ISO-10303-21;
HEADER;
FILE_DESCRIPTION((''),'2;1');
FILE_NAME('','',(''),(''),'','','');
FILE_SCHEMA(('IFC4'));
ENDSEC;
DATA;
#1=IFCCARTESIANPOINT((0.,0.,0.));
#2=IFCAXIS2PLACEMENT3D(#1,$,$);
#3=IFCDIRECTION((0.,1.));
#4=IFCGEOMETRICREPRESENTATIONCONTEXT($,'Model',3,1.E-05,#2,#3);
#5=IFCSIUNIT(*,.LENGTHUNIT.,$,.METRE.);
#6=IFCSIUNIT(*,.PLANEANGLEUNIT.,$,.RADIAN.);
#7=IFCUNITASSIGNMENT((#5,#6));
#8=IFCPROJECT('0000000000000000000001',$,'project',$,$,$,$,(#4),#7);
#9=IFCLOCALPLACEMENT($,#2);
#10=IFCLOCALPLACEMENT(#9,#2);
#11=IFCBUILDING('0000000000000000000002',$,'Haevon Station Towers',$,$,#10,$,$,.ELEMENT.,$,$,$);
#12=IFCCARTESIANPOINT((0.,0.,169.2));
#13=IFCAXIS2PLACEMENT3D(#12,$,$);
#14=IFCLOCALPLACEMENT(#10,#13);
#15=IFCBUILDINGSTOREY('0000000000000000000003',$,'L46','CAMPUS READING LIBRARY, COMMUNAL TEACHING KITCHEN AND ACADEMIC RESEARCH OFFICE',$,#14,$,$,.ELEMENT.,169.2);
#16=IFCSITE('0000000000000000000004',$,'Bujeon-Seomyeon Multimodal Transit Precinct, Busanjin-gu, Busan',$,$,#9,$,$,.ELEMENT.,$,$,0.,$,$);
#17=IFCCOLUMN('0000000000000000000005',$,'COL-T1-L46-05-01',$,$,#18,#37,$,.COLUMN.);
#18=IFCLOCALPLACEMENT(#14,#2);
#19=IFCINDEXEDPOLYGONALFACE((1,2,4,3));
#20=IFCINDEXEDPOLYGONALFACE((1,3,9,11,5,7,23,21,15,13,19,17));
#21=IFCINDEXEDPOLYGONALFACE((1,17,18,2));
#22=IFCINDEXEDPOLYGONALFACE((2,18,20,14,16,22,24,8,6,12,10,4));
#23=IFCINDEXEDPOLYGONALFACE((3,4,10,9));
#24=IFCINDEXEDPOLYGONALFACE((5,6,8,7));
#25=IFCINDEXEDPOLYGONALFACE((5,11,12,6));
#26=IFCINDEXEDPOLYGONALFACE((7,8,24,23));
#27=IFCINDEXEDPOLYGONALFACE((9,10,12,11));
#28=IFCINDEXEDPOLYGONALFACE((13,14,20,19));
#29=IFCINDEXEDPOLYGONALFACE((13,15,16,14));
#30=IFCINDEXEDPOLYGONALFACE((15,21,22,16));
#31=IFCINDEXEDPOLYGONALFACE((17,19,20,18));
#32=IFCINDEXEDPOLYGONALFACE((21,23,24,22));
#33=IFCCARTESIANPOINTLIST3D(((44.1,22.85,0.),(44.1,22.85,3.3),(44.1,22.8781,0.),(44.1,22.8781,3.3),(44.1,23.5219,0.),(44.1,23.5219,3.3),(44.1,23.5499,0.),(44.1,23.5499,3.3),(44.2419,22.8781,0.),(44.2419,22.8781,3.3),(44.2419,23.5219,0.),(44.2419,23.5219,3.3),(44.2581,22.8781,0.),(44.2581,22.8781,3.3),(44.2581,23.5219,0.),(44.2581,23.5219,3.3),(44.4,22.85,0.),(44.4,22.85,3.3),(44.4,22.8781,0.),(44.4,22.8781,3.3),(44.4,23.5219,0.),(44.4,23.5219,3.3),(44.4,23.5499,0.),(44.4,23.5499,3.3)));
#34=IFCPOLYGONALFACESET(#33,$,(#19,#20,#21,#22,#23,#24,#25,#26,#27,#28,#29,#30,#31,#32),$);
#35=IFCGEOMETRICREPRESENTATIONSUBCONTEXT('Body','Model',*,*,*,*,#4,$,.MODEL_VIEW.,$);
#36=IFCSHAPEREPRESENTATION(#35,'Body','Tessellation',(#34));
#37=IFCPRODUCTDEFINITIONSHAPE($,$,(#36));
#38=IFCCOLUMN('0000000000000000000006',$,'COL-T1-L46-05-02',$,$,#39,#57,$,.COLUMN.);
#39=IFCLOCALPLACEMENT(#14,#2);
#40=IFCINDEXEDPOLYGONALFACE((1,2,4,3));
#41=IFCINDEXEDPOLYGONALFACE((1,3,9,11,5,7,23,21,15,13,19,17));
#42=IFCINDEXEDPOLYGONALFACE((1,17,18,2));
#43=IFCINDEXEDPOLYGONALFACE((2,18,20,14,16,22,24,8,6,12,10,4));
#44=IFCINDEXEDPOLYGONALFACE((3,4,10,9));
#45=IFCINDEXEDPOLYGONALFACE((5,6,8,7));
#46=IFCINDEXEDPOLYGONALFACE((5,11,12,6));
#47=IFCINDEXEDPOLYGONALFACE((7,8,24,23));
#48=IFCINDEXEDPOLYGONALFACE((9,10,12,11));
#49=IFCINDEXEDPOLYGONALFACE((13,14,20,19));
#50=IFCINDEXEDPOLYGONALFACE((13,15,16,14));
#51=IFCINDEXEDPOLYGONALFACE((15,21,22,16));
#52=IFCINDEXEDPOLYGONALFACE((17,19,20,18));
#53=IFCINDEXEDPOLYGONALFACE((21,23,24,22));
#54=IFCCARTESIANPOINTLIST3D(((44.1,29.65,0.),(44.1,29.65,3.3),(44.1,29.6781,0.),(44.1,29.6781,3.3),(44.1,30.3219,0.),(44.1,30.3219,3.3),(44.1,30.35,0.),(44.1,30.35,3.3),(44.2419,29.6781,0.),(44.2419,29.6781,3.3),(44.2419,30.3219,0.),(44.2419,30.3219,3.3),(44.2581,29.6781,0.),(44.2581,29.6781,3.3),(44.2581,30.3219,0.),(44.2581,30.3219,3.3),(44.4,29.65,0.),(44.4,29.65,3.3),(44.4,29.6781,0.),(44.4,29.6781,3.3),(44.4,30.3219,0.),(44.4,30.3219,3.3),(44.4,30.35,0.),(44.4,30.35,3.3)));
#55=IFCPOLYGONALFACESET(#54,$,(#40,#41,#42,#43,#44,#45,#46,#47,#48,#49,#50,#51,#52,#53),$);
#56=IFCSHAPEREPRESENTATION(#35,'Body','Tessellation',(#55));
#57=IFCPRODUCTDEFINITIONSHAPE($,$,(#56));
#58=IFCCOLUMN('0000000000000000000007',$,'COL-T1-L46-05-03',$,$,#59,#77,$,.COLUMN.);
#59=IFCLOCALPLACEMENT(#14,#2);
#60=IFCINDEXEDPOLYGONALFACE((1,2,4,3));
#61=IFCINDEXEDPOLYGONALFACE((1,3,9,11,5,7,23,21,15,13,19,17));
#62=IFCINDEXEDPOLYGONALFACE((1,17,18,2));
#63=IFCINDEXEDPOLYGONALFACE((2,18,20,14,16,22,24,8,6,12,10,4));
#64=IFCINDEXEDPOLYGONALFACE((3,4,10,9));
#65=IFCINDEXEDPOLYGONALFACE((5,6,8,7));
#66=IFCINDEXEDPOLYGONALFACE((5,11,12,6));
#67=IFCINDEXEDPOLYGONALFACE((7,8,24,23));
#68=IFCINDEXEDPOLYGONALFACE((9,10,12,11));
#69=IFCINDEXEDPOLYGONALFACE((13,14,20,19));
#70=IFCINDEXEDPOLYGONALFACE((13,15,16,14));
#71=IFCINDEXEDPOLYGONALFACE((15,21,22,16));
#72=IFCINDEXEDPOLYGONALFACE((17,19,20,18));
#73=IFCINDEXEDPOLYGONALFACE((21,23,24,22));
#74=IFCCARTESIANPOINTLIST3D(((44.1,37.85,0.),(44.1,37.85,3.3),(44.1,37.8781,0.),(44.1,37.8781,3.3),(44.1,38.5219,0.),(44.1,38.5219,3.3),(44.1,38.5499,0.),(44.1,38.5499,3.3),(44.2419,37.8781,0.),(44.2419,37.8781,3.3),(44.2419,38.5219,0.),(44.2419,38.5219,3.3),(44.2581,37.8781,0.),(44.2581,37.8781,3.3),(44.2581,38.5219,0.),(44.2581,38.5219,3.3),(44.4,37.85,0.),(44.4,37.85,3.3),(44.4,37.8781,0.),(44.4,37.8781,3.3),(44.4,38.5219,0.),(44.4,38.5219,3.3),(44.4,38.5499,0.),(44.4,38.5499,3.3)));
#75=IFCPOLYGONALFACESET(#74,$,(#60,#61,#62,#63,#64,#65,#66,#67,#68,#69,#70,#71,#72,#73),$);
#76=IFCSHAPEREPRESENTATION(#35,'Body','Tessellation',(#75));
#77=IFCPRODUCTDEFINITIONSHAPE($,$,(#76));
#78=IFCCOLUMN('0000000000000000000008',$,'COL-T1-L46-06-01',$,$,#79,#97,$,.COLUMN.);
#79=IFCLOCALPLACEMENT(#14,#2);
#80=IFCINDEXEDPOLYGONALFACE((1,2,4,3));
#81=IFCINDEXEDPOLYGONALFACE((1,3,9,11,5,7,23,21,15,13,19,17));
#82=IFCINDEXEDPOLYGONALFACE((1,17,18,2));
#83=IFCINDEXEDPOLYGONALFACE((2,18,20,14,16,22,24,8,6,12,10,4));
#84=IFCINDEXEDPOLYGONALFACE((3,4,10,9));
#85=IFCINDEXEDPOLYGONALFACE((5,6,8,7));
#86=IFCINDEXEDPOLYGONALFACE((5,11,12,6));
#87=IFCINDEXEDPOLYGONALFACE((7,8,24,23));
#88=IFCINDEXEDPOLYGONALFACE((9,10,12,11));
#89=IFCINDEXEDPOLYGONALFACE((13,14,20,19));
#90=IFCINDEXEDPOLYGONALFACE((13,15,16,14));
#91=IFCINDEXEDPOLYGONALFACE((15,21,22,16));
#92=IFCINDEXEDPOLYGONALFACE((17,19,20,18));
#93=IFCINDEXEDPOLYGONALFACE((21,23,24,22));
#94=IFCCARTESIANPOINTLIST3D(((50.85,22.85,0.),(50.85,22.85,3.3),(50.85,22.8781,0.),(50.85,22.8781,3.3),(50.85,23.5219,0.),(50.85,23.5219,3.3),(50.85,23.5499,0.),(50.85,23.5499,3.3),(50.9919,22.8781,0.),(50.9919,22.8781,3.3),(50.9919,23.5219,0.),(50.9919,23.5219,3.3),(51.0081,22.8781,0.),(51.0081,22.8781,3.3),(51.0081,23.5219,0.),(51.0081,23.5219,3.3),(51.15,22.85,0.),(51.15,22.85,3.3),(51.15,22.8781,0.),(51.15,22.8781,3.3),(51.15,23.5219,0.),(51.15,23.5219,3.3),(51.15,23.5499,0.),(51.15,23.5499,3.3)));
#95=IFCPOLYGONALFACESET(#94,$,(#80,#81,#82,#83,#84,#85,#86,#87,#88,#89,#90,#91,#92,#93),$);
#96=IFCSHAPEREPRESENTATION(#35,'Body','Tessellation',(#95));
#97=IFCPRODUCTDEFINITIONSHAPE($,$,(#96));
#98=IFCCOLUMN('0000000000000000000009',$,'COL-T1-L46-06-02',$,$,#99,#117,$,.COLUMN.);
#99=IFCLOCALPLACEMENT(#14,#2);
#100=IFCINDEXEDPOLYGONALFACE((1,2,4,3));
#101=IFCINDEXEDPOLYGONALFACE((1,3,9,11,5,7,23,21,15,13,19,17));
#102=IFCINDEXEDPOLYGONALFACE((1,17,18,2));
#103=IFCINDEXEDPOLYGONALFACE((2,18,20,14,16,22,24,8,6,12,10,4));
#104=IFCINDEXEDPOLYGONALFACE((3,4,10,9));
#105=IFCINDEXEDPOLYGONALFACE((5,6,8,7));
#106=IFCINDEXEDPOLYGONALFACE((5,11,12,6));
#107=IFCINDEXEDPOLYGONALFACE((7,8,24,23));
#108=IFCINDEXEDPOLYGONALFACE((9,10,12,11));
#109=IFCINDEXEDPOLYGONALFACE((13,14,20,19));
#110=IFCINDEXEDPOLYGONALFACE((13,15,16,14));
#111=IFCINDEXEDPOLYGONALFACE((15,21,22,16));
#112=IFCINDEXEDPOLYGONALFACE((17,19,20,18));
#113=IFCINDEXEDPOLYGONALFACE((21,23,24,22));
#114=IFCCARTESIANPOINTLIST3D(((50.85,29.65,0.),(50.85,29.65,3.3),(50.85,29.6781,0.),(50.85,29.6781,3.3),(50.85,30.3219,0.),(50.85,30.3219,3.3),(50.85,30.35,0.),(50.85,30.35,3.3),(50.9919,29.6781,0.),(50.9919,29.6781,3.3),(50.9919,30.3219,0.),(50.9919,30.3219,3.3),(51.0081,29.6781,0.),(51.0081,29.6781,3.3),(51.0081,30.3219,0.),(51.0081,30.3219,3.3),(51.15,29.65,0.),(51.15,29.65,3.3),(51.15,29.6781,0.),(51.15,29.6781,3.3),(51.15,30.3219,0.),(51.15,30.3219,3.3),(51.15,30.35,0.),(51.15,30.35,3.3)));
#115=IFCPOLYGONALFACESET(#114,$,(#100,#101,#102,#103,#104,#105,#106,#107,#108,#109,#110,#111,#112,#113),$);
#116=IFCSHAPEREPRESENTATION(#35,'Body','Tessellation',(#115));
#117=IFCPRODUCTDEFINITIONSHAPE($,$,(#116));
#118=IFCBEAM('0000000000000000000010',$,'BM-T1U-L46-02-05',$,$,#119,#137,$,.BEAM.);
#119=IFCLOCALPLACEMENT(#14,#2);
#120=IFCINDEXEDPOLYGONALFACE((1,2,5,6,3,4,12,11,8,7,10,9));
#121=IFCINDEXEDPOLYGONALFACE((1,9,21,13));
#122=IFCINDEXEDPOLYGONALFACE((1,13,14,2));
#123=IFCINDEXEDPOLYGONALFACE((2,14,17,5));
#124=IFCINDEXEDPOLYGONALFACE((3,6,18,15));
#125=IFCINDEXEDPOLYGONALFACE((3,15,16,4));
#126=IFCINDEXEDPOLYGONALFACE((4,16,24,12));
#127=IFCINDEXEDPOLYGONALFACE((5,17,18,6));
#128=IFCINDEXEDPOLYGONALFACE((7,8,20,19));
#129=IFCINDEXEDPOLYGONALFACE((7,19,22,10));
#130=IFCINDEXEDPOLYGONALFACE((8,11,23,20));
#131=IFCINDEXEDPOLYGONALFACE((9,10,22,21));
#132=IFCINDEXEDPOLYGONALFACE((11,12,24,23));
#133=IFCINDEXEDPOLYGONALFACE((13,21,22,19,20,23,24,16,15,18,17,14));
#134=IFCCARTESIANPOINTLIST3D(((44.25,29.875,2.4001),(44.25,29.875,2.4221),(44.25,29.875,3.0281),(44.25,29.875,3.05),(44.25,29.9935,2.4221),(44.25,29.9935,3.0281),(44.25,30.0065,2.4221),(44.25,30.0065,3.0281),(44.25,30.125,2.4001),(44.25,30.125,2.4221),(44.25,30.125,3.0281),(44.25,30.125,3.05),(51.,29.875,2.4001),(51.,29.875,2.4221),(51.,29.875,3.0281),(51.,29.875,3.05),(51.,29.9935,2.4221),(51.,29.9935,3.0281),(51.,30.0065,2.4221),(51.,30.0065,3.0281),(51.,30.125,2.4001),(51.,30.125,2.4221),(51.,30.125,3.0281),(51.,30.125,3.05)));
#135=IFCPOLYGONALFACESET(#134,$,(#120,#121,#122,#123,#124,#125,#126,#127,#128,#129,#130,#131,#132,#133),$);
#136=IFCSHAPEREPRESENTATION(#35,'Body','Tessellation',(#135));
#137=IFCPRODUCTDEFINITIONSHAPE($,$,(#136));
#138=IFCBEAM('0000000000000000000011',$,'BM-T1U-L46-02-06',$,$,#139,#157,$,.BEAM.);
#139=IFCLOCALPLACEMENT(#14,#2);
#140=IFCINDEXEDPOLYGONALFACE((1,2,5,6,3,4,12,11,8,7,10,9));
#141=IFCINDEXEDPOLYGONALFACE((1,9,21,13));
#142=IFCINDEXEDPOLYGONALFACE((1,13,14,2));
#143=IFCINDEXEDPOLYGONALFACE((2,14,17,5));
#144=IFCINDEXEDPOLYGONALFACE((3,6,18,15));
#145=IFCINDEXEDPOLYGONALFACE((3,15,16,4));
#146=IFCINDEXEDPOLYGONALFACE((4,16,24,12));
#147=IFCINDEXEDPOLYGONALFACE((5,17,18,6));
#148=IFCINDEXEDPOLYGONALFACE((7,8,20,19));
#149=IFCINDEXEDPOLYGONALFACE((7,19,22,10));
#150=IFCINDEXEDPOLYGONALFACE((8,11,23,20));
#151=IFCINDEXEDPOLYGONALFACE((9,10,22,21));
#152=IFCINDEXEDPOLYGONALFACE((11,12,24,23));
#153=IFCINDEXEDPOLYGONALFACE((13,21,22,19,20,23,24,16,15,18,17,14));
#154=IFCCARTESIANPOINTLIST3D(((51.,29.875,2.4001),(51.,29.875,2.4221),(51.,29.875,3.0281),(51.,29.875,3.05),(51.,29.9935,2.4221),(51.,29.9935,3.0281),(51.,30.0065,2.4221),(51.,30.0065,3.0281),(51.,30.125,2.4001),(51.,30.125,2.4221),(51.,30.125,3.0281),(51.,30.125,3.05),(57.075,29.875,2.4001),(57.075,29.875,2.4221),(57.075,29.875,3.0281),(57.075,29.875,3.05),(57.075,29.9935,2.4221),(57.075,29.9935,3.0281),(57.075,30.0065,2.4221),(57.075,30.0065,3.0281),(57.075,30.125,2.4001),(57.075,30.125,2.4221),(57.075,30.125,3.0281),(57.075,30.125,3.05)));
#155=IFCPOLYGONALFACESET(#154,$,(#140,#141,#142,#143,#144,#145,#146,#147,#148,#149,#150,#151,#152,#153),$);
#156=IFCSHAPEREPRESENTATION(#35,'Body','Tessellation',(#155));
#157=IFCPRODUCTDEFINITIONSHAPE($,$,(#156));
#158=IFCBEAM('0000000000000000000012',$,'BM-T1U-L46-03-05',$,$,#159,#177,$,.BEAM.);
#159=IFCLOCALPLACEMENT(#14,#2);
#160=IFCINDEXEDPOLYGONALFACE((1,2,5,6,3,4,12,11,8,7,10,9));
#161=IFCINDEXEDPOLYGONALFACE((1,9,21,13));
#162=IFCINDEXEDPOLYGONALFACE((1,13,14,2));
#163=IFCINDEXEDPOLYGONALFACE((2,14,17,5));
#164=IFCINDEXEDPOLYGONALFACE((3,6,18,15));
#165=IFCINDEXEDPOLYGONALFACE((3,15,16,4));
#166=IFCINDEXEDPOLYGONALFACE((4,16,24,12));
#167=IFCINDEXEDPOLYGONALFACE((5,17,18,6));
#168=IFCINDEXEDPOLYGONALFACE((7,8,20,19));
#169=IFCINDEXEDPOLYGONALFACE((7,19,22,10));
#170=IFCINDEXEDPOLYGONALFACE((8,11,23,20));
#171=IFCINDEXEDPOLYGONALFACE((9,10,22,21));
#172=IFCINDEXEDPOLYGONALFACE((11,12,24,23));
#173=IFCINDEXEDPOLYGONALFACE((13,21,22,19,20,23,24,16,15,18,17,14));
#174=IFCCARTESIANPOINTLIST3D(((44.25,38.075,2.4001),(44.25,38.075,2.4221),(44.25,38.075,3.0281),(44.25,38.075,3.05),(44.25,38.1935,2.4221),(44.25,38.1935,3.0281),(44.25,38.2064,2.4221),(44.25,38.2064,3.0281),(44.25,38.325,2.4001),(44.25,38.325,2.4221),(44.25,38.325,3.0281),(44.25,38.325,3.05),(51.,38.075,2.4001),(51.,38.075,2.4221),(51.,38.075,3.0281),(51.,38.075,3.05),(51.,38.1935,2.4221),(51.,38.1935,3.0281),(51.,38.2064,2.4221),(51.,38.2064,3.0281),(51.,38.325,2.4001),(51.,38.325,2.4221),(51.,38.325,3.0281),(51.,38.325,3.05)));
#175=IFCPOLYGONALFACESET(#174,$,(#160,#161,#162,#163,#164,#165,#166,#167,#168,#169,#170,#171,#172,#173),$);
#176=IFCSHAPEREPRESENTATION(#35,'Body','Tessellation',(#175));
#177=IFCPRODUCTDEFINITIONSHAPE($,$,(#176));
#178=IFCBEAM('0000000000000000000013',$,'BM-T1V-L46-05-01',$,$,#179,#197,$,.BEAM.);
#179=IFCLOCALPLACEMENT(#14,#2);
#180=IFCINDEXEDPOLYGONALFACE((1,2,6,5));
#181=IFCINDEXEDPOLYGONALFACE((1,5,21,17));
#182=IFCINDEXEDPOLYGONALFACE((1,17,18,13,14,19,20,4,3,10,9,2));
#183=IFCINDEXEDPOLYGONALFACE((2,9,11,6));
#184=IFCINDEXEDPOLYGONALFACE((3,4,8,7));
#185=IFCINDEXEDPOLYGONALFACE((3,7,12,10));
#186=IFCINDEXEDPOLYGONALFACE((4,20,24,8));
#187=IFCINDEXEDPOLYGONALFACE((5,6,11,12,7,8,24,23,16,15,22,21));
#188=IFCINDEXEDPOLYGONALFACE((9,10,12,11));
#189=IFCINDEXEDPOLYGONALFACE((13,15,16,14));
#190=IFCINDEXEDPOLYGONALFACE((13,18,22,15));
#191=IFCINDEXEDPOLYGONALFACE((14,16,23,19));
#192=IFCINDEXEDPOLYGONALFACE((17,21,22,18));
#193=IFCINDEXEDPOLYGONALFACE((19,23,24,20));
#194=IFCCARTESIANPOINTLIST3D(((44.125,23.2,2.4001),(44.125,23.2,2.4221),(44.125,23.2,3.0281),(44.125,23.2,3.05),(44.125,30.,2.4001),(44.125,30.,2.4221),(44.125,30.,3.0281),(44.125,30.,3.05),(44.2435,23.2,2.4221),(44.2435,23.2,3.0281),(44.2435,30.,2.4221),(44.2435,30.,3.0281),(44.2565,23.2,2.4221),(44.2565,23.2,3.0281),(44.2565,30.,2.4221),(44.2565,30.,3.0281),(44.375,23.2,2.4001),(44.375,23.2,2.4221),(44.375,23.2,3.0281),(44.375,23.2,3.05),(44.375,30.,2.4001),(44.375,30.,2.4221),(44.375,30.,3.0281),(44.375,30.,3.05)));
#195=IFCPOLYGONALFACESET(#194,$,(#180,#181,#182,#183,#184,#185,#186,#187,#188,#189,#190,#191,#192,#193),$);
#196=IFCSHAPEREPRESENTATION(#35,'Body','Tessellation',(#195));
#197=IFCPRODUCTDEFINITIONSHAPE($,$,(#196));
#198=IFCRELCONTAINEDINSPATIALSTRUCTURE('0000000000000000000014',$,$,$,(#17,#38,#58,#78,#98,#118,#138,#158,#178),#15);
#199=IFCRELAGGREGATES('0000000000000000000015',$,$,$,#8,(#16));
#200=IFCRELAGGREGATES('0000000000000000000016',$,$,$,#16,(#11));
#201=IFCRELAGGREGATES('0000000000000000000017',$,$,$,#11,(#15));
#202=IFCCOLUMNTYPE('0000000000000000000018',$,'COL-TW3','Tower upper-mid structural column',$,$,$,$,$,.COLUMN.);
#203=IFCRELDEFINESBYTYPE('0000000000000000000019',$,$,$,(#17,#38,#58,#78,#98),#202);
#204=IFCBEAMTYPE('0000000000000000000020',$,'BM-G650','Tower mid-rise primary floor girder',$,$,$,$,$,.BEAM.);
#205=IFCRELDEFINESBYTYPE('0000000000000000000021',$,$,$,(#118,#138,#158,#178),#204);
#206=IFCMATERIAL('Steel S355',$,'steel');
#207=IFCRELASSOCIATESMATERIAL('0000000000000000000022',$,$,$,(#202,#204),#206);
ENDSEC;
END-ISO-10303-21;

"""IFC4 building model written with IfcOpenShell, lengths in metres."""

from ifc_helpers import new_model, si_unit, direction, frame, origin, origin_2d, place, context, subcontext, project, spatial, i_section, extrude, material, material_profile, profile_set, type_object, element, save


model = new_model("IFC4")

# Units and contexts
model_context = context("Model", 3, precision=1e-05, world=origin(), true_north=direction((0.0, 1.0)))
body_context = subcontext(model_context, "Body", "Model", "MODEL_VIEW")
ifc_project = project(units=[si_unit("LENGTHUNIT", "METRE"), si_unit("PLANEANGLEUNIT", "RADIAN")], contexts=[model_context])

# Site, building, storey
site_placement = place(None, origin())
site = spatial("IfcSite", under=ifc_project, at=site_placement, Name="Bujeon-Seomyeon Multimodal Transit Precinct, Busanjin-gu, Busan", CompositionType="ELEMENT", RefElevation=0.0)
building_placement = place(site_placement, origin())
building = spatial("IfcBuilding", under=site, at=building_placement, Name="Haevon Station Towers", CompositionType="ELEMENT")
storey_placement = place(building_placement, frame((0.0, 0.0, 169.2)))
storey = spatial("IfcBuildingStorey", under=building, at=storey_placement, Name="L46", Description="CAMPUS READING LIBRARY, COMMUNAL TEACHING KITCHEN AND ACADEMIC RESEARCH OFFICE", CompositionType="ELEMENT", Elevation=169.2)

# Columns
ifc_material_1 = material(Name="Steel S355", Category="steel")
ifc_material_profile_1 = material_profile(ifc_material_1, i_section(OverallWidth=0.3, OverallDepth=0.7, WebThickness=0.0161, FlangeThickness=0.0281, at=origin_2d()), Name="H-700x300x16x28")
ifc_profile_set_1 = profile_set([ifc_material_profile_1], Name="Steel S355")
column_type = type_object("IfcColumnType", Name="COL-TW3", Description="Tower upper-mid structural column", PredefinedType="COLUMN", material=ifc_profile_set_1)
for number, where, z_axis, x_axis, name in (
    (1, (44.25, 23.2, 0.0), (0.0, 0.0, 1.0), (1.0, 0.0, 0.0), "COL-T1-L46-05-01"),
    (2, (44.25, 30.0, 0.0), (0.0, 0.0, 1.0), (1.0, 0.0, 0.0), "COL-T1-L46-05-02"),
    (3, (44.25, 38.2, 0.0), (0.0, 0.0, 1.0), (1.0, 0.0, 0.0), "COL-T1-L46-05-03"),
    (4, (51.0, 23.2, 0.0), (0.0, 0.0, 1.0), (1.0, 0.0, 0.0), "COL-T1-L46-06-01"),
    (5, (51.0, 30.0, 0.0), (0.0, 0.0, 1.0), (1.0, 0.0, 0.0), "COL-T1-L46-06-02"),
):
    element("IfcColumn", number, at=place(storey_placement, frame(where, z_axis=z_axis, x_axis=x_axis)), inside=storey, type_object=column_type, Name=name, PredefinedType="COLUMN", context=body_context, shape_type="SweptSolid", body=[
        extrude(i_section(OverallWidth=0.3, OverallDepth=0.7, WebThickness=0.0161, FlangeThickness=0.0281, at=origin_2d()), origin(), (0.0, 0.0, 1.0), 3.3),
    ])

# Beams
ifc_material_profile_2 = material_profile(ifc_material_1, i_section(OverallWidth=0.25, OverallDepth=0.6499, WebThickness=0.0129, FlangeThickness=0.022, at=origin_2d()), Name="H-650x250x13x22")
ifc_profile_set_2 = profile_set([ifc_material_profile_2], Name="Steel S355")
beam_type_1 = type_object("IfcBeamType", Name="BM-G650", Description="Tower mid-rise primary floor girder", PredefinedType="BEAM", material=ifc_profile_set_2)
beam_1_placement = place(storey_placement, frame((44.25, 30.0, 2.7251), z_axis=(1.0, 0.0, 0.0), x_axis=(0.0, 1.0, 0.0)))
element("IfcBeam", 6, at=beam_1_placement, inside=storey, type_object=beam_type_1, Name="BM-T1U-L46-02-05", PredefinedType="BEAM", context=body_context, shape_type="SweptSolid", body=[
    extrude(i_section(OverallWidth=0.25, OverallDepth=0.6499, WebThickness=0.0129, FlangeThickness=0.022, at=origin_2d()), origin(), (0.0, 0.0, 1.0), 6.75),
])
beam_2_placement = place(storey_placement, frame((51.0, 30.0, 2.7251), z_axis=(1.0, 0.0, 0.0), x_axis=(0.0, 1.0, 0.0)))
element("IfcBeam", 7, at=beam_2_placement, inside=storey, type_object=beam_type_1, Name="BM-T1U-L46-02-06", PredefinedType="BEAM", context=body_context, shape_type="SweptSolid", body=[
    extrude(i_section(OverallWidth=0.25, OverallDepth=0.6499, WebThickness=0.0129, FlangeThickness=0.022, at=origin_2d()), origin(), (0.0, 0.0, 1.0), 6.075),
])
beam_3_placement = place(storey_placement, frame((44.25, 38.2, 2.7251), z_axis=(1.0, 0.0, 0.0), x_axis=(0.0, 1.0, 0.0)))
element("IfcBeam", 8, at=beam_3_placement, inside=storey, type_object=beam_type_1, Name="BM-T1U-L46-03-05", PredefinedType="BEAM", context=body_context, shape_type="SweptSolid", body=[
    extrude(i_section(OverallWidth=0.25, OverallDepth=0.6499, WebThickness=0.0129, FlangeThickness=0.022, at=origin_2d()), origin(), (0.0, 0.0, 1.0), 6.75),
])
beam_4_placement = place(storey_placement, frame((44.25, 23.2, 2.7251), z_axis=(0.0, 1.0, 0.0), x_axis=(-1.0, 0.0, 0.0)))
element("IfcBeam", 9, at=beam_4_placement, inside=storey, type_object=beam_type_1, Name="BM-T1V-L46-05-01", PredefinedType="BEAM", context=body_context, shape_type="SweptSolid", body=[
    extrude(i_section(OverallWidth=0.25, OverallDepth=0.6499, WebThickness=0.0129, FlangeThickness=0.022, at=origin_2d()), origin(), (0.0, 0.0, 1.0), 6.8),
])

save(model, "model.ifc")
